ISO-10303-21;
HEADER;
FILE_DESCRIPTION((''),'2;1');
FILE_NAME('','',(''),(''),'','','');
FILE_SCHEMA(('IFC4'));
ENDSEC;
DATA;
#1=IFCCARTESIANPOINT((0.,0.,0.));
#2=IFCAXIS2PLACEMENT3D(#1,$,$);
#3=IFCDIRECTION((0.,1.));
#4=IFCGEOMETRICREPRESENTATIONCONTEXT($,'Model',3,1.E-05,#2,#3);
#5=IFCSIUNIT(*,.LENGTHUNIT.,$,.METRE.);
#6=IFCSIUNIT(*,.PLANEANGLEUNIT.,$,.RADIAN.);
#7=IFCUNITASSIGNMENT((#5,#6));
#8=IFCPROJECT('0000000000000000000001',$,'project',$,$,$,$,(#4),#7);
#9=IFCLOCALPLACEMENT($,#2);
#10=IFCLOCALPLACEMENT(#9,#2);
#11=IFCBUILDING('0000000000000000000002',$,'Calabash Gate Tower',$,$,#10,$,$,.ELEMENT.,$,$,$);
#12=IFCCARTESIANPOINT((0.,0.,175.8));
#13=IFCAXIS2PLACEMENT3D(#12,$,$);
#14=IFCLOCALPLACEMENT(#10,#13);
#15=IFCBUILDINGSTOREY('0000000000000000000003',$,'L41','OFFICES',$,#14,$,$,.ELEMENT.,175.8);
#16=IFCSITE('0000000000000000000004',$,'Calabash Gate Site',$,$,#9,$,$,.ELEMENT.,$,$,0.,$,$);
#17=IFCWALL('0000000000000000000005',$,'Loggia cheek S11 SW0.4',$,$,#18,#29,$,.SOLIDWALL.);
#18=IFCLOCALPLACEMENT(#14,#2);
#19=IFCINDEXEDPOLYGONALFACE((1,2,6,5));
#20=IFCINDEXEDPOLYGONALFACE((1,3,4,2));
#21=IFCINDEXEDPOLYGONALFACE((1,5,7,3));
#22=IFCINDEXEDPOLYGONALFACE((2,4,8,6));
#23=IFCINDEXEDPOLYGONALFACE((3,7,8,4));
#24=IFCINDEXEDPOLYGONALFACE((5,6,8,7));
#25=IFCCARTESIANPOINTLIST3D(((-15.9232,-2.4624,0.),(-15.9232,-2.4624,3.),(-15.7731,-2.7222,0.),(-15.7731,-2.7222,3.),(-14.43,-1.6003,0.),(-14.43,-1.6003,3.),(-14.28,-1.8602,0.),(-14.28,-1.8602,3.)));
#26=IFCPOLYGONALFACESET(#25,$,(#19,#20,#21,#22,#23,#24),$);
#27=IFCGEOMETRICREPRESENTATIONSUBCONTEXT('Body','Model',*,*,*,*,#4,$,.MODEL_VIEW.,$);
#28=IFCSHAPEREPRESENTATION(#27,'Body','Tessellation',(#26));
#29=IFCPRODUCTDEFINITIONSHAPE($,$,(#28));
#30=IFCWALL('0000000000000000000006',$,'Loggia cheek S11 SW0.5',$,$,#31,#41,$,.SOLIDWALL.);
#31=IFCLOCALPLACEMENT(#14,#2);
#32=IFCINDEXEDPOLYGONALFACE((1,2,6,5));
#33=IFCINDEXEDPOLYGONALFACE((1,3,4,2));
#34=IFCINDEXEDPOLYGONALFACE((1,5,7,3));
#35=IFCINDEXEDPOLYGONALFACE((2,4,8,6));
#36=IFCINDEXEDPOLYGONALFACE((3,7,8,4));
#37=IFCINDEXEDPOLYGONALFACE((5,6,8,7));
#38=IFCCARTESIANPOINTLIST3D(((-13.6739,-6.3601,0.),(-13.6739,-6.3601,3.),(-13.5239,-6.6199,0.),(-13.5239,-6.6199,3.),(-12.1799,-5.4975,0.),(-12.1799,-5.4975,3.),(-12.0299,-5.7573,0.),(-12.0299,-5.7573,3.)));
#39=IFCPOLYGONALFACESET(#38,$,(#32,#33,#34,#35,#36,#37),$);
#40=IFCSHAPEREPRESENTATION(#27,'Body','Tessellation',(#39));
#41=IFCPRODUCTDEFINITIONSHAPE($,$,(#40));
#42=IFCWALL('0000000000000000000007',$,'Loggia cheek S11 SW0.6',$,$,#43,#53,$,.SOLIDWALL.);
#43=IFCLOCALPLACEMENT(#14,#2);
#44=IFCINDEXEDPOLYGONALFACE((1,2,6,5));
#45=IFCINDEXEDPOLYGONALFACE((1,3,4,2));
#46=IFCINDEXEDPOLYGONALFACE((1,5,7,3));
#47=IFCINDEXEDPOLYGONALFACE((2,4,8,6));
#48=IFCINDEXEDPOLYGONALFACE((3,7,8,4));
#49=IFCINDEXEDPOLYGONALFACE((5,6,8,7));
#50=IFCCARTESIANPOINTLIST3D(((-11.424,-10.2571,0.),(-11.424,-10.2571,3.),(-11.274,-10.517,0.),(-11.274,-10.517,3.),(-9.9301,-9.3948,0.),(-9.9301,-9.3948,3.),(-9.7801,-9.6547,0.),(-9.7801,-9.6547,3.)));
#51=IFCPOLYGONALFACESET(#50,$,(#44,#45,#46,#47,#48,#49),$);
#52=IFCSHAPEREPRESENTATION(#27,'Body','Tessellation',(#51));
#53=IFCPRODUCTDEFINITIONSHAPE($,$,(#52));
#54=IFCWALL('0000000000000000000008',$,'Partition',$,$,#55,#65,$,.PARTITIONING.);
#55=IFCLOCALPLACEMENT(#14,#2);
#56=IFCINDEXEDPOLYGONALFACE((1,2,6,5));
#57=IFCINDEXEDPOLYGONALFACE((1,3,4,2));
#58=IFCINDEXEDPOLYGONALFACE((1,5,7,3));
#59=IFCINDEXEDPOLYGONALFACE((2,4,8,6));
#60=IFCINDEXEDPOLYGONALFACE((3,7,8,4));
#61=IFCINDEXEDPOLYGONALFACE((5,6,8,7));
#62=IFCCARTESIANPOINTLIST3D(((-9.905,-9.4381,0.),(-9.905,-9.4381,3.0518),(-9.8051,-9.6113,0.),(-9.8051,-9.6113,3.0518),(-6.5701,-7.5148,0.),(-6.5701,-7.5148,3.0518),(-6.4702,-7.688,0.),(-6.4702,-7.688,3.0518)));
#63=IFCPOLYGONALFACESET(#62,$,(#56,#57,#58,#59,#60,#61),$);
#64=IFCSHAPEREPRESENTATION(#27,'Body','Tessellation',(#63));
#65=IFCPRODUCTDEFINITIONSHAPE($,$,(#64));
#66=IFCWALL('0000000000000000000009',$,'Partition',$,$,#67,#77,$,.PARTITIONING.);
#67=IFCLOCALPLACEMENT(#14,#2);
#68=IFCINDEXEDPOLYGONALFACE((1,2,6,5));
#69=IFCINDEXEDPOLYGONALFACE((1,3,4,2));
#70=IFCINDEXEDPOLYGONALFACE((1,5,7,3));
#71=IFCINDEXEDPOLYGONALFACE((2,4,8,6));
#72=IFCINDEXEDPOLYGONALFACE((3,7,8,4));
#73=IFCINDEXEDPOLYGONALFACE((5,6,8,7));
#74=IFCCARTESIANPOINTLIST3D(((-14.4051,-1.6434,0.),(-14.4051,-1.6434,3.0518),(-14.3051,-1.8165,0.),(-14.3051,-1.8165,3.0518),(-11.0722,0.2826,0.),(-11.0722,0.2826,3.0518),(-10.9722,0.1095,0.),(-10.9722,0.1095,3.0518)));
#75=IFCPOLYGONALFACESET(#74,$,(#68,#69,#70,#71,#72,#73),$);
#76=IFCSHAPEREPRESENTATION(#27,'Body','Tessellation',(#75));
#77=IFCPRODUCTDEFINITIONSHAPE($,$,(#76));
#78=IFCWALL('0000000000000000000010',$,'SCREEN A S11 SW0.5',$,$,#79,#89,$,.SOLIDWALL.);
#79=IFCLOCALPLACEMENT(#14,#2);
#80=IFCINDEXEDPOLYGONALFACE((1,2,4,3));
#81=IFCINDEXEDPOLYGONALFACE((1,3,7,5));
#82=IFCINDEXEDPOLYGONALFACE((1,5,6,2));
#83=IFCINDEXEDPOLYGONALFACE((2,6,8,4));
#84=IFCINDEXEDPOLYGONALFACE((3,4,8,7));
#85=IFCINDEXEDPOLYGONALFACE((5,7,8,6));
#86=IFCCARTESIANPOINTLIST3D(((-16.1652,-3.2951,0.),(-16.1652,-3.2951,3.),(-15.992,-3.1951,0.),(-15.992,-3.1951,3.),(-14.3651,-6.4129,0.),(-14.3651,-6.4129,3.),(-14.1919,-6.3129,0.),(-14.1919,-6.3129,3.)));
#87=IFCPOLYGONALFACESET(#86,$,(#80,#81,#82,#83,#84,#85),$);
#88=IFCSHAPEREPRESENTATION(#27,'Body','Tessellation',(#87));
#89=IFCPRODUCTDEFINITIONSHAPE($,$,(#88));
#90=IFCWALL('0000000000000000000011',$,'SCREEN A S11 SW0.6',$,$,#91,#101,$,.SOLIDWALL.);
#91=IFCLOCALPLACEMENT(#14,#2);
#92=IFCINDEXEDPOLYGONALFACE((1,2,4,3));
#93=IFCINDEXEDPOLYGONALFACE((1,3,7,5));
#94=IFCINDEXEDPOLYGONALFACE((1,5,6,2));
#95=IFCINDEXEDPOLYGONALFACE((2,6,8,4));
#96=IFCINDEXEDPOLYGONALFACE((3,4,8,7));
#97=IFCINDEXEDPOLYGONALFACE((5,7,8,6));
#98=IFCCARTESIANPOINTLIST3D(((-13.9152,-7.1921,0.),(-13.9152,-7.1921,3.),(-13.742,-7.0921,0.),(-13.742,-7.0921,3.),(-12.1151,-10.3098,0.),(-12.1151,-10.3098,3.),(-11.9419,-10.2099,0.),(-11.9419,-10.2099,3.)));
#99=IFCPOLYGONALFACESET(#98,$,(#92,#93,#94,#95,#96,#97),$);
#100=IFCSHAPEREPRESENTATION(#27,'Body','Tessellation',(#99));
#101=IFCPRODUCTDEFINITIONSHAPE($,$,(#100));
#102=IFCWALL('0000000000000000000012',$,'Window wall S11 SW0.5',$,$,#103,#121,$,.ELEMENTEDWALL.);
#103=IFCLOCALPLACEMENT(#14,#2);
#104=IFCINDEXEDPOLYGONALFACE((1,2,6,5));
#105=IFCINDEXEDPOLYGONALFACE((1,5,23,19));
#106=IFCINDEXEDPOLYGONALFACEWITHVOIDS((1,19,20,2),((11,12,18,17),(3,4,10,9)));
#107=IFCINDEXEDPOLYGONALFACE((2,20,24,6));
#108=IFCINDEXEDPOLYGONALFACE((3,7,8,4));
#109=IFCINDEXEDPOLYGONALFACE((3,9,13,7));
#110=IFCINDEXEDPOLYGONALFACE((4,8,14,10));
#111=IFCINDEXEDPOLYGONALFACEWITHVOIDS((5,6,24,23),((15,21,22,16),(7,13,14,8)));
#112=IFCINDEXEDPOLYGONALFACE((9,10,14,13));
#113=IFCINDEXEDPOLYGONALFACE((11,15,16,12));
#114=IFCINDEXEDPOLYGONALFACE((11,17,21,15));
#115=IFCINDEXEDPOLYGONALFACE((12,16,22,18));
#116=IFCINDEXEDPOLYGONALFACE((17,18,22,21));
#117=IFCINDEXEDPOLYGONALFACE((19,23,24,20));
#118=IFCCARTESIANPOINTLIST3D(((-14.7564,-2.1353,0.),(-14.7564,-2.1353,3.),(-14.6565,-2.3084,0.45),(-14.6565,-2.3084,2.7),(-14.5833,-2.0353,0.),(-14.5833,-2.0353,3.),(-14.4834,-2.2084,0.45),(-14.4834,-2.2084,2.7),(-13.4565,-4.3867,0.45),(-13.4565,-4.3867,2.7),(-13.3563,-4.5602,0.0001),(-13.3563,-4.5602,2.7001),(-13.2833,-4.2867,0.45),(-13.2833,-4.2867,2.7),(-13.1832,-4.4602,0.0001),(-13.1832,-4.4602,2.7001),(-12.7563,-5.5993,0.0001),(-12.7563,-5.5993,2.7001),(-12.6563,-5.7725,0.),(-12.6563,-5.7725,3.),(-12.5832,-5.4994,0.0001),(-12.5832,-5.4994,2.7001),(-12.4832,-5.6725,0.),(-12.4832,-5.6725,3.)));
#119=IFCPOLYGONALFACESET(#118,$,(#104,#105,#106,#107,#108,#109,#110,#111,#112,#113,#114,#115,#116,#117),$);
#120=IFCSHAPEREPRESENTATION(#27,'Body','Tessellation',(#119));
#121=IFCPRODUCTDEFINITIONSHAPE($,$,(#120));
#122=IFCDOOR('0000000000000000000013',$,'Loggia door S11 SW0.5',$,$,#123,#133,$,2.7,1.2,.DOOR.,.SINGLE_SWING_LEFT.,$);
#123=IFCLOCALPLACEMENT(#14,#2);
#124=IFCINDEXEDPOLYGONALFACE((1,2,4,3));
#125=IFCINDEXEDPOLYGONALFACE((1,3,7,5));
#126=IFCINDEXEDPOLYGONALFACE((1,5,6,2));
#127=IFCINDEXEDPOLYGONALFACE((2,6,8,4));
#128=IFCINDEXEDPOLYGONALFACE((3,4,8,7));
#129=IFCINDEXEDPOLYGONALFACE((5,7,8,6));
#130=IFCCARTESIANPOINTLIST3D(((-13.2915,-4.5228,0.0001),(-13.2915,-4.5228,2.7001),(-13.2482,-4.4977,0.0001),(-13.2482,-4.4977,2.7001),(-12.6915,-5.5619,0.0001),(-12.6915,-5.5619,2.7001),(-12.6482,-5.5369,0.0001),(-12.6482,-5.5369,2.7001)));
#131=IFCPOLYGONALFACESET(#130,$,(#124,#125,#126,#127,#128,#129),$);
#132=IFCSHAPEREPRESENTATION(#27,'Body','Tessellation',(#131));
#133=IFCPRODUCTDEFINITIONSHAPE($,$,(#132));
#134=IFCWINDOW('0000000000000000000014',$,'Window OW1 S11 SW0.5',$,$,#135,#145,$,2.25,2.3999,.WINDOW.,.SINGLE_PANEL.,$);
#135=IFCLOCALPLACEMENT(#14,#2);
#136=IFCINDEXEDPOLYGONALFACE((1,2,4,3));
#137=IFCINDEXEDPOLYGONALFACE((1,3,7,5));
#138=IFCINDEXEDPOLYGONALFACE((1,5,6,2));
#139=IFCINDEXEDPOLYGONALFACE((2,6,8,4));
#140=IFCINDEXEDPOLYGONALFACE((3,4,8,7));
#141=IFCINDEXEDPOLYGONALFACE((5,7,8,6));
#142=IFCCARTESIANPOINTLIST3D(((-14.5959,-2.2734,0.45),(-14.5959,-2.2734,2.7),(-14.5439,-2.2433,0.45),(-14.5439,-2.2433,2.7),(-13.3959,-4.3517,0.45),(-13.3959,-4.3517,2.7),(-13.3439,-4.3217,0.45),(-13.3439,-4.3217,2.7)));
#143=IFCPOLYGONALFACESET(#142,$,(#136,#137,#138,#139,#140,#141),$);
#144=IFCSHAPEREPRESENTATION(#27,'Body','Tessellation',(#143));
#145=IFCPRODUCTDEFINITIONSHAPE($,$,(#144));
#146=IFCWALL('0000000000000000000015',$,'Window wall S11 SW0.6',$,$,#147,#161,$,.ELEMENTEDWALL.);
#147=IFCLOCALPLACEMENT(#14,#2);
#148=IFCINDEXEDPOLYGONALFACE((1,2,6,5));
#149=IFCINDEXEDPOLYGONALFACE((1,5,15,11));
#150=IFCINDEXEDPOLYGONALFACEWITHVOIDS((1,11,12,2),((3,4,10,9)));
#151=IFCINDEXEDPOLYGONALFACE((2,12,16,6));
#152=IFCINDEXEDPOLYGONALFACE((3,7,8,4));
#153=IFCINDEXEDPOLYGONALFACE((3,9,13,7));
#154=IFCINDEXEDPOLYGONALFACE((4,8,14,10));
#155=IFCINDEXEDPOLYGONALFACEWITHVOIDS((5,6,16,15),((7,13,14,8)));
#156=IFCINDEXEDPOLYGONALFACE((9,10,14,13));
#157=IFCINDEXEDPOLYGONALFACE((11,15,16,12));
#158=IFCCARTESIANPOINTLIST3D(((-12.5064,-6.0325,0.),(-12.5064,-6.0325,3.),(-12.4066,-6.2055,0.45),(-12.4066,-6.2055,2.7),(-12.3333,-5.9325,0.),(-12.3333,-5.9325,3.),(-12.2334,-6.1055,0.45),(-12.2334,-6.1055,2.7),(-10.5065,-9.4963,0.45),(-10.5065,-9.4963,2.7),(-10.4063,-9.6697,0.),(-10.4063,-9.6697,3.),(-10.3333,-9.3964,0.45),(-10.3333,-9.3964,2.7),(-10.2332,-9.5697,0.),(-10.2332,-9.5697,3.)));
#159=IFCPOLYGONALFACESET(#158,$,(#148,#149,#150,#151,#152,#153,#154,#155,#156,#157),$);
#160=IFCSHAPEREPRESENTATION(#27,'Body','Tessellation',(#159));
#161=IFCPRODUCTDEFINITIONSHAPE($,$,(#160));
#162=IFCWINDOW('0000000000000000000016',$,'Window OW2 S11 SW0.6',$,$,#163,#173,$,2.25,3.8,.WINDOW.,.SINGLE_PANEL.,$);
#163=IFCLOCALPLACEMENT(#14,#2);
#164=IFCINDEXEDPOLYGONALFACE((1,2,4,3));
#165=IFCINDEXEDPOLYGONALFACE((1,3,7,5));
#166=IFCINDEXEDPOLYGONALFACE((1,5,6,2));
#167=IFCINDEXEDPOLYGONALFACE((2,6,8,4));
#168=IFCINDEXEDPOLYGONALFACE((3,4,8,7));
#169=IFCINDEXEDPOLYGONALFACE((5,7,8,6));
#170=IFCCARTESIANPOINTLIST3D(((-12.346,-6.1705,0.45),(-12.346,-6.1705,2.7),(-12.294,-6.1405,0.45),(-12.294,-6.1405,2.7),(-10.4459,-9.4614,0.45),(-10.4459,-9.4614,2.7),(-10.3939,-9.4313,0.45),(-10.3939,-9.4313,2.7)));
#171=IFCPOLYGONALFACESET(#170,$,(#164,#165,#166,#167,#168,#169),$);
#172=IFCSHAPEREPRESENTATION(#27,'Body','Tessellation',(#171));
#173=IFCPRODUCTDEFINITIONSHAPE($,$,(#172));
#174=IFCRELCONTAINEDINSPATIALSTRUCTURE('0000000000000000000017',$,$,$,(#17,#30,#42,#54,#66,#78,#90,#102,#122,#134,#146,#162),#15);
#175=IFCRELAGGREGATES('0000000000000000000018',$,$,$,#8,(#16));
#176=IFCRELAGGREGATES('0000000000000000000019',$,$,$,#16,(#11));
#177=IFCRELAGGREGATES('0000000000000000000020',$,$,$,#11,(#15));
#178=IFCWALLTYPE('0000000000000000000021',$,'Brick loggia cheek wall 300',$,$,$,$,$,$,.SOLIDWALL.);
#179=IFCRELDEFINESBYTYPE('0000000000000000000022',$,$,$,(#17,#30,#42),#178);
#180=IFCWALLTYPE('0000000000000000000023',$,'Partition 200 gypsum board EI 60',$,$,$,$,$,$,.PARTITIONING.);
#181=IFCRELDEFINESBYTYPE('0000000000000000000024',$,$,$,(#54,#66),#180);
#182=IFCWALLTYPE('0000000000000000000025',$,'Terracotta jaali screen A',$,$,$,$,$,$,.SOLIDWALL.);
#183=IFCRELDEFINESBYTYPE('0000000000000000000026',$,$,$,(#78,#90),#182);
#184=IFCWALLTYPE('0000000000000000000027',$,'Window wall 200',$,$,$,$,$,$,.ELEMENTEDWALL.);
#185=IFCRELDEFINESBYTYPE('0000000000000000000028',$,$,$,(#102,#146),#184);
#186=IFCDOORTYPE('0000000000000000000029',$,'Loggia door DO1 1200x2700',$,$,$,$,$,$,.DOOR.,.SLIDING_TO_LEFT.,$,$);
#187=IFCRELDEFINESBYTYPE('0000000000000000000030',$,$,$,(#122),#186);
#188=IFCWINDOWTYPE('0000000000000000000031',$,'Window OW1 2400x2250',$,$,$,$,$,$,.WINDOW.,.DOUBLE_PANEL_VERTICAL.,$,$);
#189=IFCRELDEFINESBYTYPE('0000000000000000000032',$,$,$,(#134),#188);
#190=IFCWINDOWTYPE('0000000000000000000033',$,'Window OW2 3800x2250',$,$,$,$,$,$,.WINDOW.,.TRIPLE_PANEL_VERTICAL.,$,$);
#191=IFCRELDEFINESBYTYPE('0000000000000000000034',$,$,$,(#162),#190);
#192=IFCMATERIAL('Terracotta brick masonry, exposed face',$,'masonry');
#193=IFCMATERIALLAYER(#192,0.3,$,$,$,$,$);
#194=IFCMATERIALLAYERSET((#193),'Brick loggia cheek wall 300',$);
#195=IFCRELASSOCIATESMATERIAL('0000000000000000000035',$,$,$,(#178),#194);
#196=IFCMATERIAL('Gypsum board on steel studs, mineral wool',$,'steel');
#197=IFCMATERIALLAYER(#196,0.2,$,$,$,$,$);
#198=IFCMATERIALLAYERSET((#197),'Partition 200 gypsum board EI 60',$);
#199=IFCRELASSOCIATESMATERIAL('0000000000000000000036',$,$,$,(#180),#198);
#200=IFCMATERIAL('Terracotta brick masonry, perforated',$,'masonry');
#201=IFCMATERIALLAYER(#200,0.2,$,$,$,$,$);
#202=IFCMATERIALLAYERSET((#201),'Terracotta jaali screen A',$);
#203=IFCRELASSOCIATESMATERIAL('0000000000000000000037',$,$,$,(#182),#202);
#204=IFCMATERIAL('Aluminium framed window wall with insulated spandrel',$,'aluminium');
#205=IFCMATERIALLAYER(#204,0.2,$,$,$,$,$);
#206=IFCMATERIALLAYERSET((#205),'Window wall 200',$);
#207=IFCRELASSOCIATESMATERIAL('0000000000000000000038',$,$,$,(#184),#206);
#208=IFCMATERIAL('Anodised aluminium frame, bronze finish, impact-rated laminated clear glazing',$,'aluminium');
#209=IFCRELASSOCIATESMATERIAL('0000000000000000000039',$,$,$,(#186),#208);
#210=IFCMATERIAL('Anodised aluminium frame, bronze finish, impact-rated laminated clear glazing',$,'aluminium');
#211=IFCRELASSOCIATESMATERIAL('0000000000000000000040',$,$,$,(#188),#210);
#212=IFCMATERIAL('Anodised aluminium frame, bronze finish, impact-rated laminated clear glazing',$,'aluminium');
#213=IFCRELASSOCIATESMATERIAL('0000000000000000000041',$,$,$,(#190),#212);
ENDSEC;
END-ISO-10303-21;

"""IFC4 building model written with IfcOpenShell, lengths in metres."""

from ifc_helpers import new_model, si_unit, direction, frame, frame_2d, origin, place, context, subcontext, project, spatial, rectangle, extrude, material, layer, layer_set, type_object, element, fill, save


model = new_model("IFC4")

# Units and contexts
model_context = context("Model", 3, precision=1e-05, world=origin(), true_north=direction((0.0, 1.0)))
body_context = subcontext(model_context, "Body", "Model", "MODEL_VIEW")
ifc_project = project(units=[si_unit("LENGTHUNIT", "METRE"), si_unit("PLANEANGLEUNIT", "RADIAN")], contexts=[model_context])

# Site, building, storey
site_placement = place(None, origin())
site = spatial("IfcSite", under=ifc_project, at=site_placement, Name="Calabash Gate Site", CompositionType="ELEMENT", RefElevation=0.0)
building_placement = place(site_placement, origin())
building = spatial("IfcBuilding", under=site, at=building_placement, Name="Calabash Gate Tower", CompositionType="ELEMENT")
storey_placement = place(building_placement, frame((0.0, 0.0, 175.8)))
storey = spatial("IfcBuildingStorey", under=building, at=storey_placement, Name="L41", Description="OFFICES", CompositionType="ELEMENT", Elevation=175.8)

# Walls
ifc_material_1 = material(Name="Terracotta brick masonry, exposed face", Category="masonry")
ifc_layer_1 = layer(ifc_material_1, 0.3)
ifc_layer_set_1 = layer_set([ifc_layer_1], Name="Brick loggia cheek wall 300")
wall_type_1 = type_object("IfcWallType", Name="Brick loggia cheek wall 300", PredefinedType="SOLIDWALL", material=ifc_layer_set_1)
wall_1_placement = place(storey_placement, frame((-15.8481, -2.5923, 0.0), z_axis=(0.0, 0.0, 1.0), x_axis=(0.86603, 0.499992, 0.0)))
element("IfcWall", 1, at=wall_1_placement, inside=storey, type_object=wall_type_1, Name="Loggia cheek S11 SW0.4", PredefinedType="SOLIDWALL", context=body_context, shape_type="SweptSolid", body=[
    extrude(rectangle(XDim=1.7241, YDim=0.3, at=frame_2d((0.8621, 0.0))), origin(), (0.0, 0.0, 1.0), 3.0),
])
wall_2_placement = place(storey_placement, frame((-13.5989, -6.49, 0.0), z_axis=(0.0, 0.0, 1.0), x_axis=(0.866014, 0.500021, 0.0)))
element("IfcWall", 2, at=wall_2_placement, inside=storey, type_object=wall_type_1, Name="Loggia cheek S11 SW0.5", PredefinedType="SOLIDWALL", context=body_context, shape_type="SweptSolid", body=[
    extrude(rectangle(XDim=1.7251, YDim=0.3, at=frame_2d((0.8625, 0.0))), origin(), (0.0, 0.0, 1.0), 3.0),
])
wall_3_placement = place(storey_placement, frame((-11.3489, -10.387, 0.0), z_axis=(0.0, 0.0, 1.0), x_axis=(0.866075, 0.499914, 0.0)))
element("IfcWall", 3, at=wall_3_placement, inside=storey, type_object=wall_type_1, Name="Loggia cheek S11 SW0.6", PredefinedType="SOLIDWALL", context=body_context, shape_type="SweptSolid", body=[
    extrude(rectangle(XDim=1.7249, YDim=0.3, at=frame_2d((0.8623, 0.0))), origin(), (0.0, 0.0, 1.0), 3.0),
])

# Shared definitions
ifc_material_2 = material(Name="Gypsum board on steel studs, mineral wool", Category="steel")
ifc_layer_2 = layer(ifc_material_2, 0.2)
ifc_layer_set_2 = layer_set([ifc_layer_2], Name="Partition 200 gypsum board EI 60")
wall_type_2 = type_object("IfcWallType", Name="Partition 200 gypsum board EI 60", PredefinedType="PARTITIONING", material=ifc_layer_set_2)

# Walls
wall_4_placement = place(storey_placement, frame((-9.855, -9.5247, 0.0), z_axis=(0.0, 0.0, 1.0), x_axis=(0.866262, 0.499591, 0.0)))
element("IfcWall", 4, at=wall_4_placement, inside=storey, type_object=wall_type_2, Name="Partition", PredefinedType="PARTITIONING", context=body_context, shape_type="SweptSolid", body=[
    extrude(rectangle(XDim=3.8499, YDim=0.2, at=frame_2d((1.9248, 0.0))), origin(), (0.0, 0.0, 1.0), 3.0518),
])
wall_5_placement = place(storey_placement, frame((-14.3552, -1.73, 0.0), z_axis=(0.0, 0.0, 1.0), x_axis=(0.865833, 0.500334, 0.0)))
element("IfcWall", 5, at=wall_5_placement, inside=storey, type_object=wall_type_2, Name="Partition", PredefinedType="PARTITIONING", context=body_context, shape_type="SweptSolid", body=[
    extrude(rectangle(XDim=3.8494, YDim=0.2, at=frame_2d((1.9248, 0.0))), origin(), (0.0, 0.0, 1.0), 3.0518),
])
ifc_material_3 = material(Name="Terracotta brick masonry, perforated", Category="masonry")
ifc_layer_3 = layer(ifc_material_3, 0.2)
ifc_layer_set_3 = layer_set([ifc_layer_3], Name="Terracotta jaali screen A")
wall_type_3 = type_object("IfcWallType", Name="Terracotta jaali screen A", PredefinedType="SOLIDWALL", material=ifc_layer_set_3)
for number, where, z_axis, x_axis, name in (
    (6, (-16.0786, -3.2451, 0.0), (0.0, 0.0, 1.0), (0.500012, -0.866018, 0.0), "SCREEN A S11 SW0.5"),
    (7, (-13.8286, -7.1421, 0.0), (0.0, 0.0, 1.0), (0.500012, -0.866018, 0.0), "SCREEN A S11 SW0.6"),
):
    element("IfcWall", number, at=place(storey_placement, frame(where, z_axis=z_axis, x_axis=x_axis)), inside=storey, type_object=wall_type_3, Name=name, PredefinedType="SOLIDWALL", context=body_context, shape_type="SweptSolid", body=[
        extrude(rectangle(XDim=3.6001, YDim=0.2, at=frame_2d((1.8, 0.0))), origin(), (0.0, 0.0, 1.0), 3.0),
    ])

# Wall, openings, door, window
ifc_material_4 = material(Name="Aluminium framed window wall with insulated spandrel", Category="aluminium")
ifc_layer_4 = layer(ifc_material_4, 0.2)
ifc_layer_set_4 = layer_set([ifc_layer_4], Name="Window wall 200")
wall_type_4 = type_object("IfcWallType", Name="Window wall 200", PredefinedType="ELEMENTEDWALL", material=ifc_layer_set_4)
wall_6_placement = place(storey_placement, frame((-14.6699, -2.0852, 0.0), z_axis=(0.0, 0.0, 1.0), x_axis=(0.500028, -0.866009, 0.0)))
wall_6 = element("IfcWall", 8, at=wall_6_placement, inside=storey, type_object=wall_type_4, Name="Window wall S11 SW0.5", PredefinedType="ELEMENTEDWALL", context=body_context, shape_type="SweptSolid", body=[
    extrude(rectangle(XDim=4.2, YDim=0.2, at=frame_2d((2.1001, 0.0))), origin(), (0.0, 0.0, 1.0), 3.0),
])
opening_1_placement = place(wall_6_placement, frame((0.2, 0.0, 0.45)))
opening_1 = element("IfcOpeningElement", 9, at=opening_1_placement, cuts=wall_6, PredefinedType="OPENING", context=body_context, shape_type="SweptSolid", body=[
    extrude(rectangle(XDim=2.3999, YDim=2.25, at=frame_2d((1.2, 1.125))), frame((0.0, 0.1099, 0.0), z_axis=(0.0, -1.0, 0.0), x_axis=(1.0, 0.0, 0.0)), (0.0, 0.0, 1.0), 0.22),
])
opening_2_placement = place(wall_6_placement, frame((2.8, 0.0, 0.0)))
opening_2 = element("IfcOpeningElement", 10, at=opening_2_placement, cuts=wall_6, PredefinedType="OPENING", context=body_context, shape_type="SweptSolid", body=[
    extrude(rectangle(XDim=1.2, YDim=2.7, at=frame_2d((0.6001, 1.3501))), frame((0.0, 0.1099, 0.0), z_axis=(0.0, -1.0, 0.0), x_axis=(1.0, 0.0, 0.0)), (0.0, 0.0, 1.0), 0.22),
])
ifc_material_5 = material(Name="Anodised aluminium frame, bronze finish, impact-rated laminated clear glazing", Category="aluminium")
door_type_1 = type_object("IfcDoorType", Name="Loggia door DO1 1200x2700", OperationType="SLIDING_TO_LEFT", PredefinedType="DOOR", material=ifc_material_5)
door_1_placement = place(opening_2_placement, origin())
door_1 = element("IfcDoor", 11, at=door_1_placement, inside=storey, type_object=door_type_1, Name="Loggia door S11 SW0.5", OperationType="SINGLE_SWING_LEFT", OverallHeight=2.7, OverallWidth=1.2, PredefinedType="DOOR", context=body_context, shape_type="SweptSolid", body=[
    extrude(rectangle(XDim=1.2, YDim=2.7, at=frame_2d((0.6001, 1.3501))), frame((0.0, 0.0249, 0.0), z_axis=(0.0, -1.0, 0.0), x_axis=(1.0, 0.0, 0.0)), (0.0, 0.0, 1.0), 0.05),
])
fill(opening_2, door_1)
ifc_material_6 = material(Name="Anodised aluminium frame, bronze finish, impact-rated laminated clear glazing", Category="aluminium")
window_type_1 = type_object("IfcWindowType", Name="Window OW1 2400x2250", PartitioningType="DOUBLE_PANEL_VERTICAL", PredefinedType="WINDOW", material=ifc_material_6)
window_1_placement = place(opening_1_placement, origin())
window_1 = element("IfcWindow", 12, at=window_1_placement, inside=storey, type_object=window_type_1, Name="Window OW1 S11 SW0.5", OverallHeight=2.25, OverallWidth=2.3999, PartitioningType="SINGLE_PANEL", PredefinedType="WINDOW", context=body_context, shape_type="SweptSolid", body=[
    extrude(rectangle(XDim=2.3999, YDim=2.25, at=frame_2d((1.2, 1.125))), frame((0.0, 0.03, 0.0), z_axis=(0.0, -1.0, 0.0), x_axis=(1.0, 0.0, 0.0)), (0.0, 0.0, 1.0), 0.0601),
])
fill(opening_1, window_1)

# Wall, opening, window
wall_7_placement = place(storey_placement, frame((-12.4199, -5.9824, 0.0), z_axis=(0.0, 0.0, 1.0), x_axis=(0.500028, -0.866009, 0.0)))
wall_7 = element("IfcWall", 13, at=wall_7_placement, inside=storey, type_object=wall_type_4, Name="Window wall S11 SW0.6", PredefinedType="ELEMENTEDWALL", context=body_context, shape_type="SweptSolid", body=[
    extrude(rectangle(XDim=4.2, YDim=0.2, at=frame_2d((2.1001, 0.0))), origin(), (0.0, 0.0, 1.0), 3.0),
])
opening_3_placement = place(wall_7_placement, frame((0.2, 0.0, 0.45)))
opening_3 = element("IfcOpeningElement", 14, at=opening_3_placement, cuts=wall_7, PredefinedType="OPENING", context=body_context, shape_type="SweptSolid", body=[
    extrude(rectangle(XDim=3.8, YDim=2.25, at=frame_2d((1.8999, 1.125))), frame((0.0, 0.1099, 0.0), z_axis=(0.0, -1.0, 0.0), x_axis=(1.0, 0.0, 0.0)), (0.0, 0.0, 1.0), 0.22),
])
ifc_material_7 = material(Name="Anodised aluminium frame, bronze finish, impact-rated laminated clear glazing", Category="aluminium")
window_type_2 = type_object("IfcWindowType", Name="Window OW2 3800x2250", PartitioningType="TRIPLE_PANEL_VERTICAL", PredefinedType="WINDOW", material=ifc_material_7)
window_2_placement = place(opening_3_placement, origin())
window_2 = element("IfcWindow", 15, at=window_2_placement, inside=storey, type_object=window_type_2, Name="Window OW2 S11 SW0.6", OverallHeight=2.25, OverallWidth=3.8, PartitioningType="SINGLE_PANEL", PredefinedType="WINDOW", context=body_context, shape_type="SweptSolid", body=[
    extrude(rectangle(XDim=3.8, YDim=2.25, at=frame_2d((1.8999, 1.125))), frame((0.0, 0.03, 0.0), z_axis=(0.0, -1.0, 0.0), x_axis=(1.0, 0.0, 0.0)), (0.0, 0.0, 1.0), 0.0601),
])
fill(opening_3, window_2)

save(model, "model.ifc")
